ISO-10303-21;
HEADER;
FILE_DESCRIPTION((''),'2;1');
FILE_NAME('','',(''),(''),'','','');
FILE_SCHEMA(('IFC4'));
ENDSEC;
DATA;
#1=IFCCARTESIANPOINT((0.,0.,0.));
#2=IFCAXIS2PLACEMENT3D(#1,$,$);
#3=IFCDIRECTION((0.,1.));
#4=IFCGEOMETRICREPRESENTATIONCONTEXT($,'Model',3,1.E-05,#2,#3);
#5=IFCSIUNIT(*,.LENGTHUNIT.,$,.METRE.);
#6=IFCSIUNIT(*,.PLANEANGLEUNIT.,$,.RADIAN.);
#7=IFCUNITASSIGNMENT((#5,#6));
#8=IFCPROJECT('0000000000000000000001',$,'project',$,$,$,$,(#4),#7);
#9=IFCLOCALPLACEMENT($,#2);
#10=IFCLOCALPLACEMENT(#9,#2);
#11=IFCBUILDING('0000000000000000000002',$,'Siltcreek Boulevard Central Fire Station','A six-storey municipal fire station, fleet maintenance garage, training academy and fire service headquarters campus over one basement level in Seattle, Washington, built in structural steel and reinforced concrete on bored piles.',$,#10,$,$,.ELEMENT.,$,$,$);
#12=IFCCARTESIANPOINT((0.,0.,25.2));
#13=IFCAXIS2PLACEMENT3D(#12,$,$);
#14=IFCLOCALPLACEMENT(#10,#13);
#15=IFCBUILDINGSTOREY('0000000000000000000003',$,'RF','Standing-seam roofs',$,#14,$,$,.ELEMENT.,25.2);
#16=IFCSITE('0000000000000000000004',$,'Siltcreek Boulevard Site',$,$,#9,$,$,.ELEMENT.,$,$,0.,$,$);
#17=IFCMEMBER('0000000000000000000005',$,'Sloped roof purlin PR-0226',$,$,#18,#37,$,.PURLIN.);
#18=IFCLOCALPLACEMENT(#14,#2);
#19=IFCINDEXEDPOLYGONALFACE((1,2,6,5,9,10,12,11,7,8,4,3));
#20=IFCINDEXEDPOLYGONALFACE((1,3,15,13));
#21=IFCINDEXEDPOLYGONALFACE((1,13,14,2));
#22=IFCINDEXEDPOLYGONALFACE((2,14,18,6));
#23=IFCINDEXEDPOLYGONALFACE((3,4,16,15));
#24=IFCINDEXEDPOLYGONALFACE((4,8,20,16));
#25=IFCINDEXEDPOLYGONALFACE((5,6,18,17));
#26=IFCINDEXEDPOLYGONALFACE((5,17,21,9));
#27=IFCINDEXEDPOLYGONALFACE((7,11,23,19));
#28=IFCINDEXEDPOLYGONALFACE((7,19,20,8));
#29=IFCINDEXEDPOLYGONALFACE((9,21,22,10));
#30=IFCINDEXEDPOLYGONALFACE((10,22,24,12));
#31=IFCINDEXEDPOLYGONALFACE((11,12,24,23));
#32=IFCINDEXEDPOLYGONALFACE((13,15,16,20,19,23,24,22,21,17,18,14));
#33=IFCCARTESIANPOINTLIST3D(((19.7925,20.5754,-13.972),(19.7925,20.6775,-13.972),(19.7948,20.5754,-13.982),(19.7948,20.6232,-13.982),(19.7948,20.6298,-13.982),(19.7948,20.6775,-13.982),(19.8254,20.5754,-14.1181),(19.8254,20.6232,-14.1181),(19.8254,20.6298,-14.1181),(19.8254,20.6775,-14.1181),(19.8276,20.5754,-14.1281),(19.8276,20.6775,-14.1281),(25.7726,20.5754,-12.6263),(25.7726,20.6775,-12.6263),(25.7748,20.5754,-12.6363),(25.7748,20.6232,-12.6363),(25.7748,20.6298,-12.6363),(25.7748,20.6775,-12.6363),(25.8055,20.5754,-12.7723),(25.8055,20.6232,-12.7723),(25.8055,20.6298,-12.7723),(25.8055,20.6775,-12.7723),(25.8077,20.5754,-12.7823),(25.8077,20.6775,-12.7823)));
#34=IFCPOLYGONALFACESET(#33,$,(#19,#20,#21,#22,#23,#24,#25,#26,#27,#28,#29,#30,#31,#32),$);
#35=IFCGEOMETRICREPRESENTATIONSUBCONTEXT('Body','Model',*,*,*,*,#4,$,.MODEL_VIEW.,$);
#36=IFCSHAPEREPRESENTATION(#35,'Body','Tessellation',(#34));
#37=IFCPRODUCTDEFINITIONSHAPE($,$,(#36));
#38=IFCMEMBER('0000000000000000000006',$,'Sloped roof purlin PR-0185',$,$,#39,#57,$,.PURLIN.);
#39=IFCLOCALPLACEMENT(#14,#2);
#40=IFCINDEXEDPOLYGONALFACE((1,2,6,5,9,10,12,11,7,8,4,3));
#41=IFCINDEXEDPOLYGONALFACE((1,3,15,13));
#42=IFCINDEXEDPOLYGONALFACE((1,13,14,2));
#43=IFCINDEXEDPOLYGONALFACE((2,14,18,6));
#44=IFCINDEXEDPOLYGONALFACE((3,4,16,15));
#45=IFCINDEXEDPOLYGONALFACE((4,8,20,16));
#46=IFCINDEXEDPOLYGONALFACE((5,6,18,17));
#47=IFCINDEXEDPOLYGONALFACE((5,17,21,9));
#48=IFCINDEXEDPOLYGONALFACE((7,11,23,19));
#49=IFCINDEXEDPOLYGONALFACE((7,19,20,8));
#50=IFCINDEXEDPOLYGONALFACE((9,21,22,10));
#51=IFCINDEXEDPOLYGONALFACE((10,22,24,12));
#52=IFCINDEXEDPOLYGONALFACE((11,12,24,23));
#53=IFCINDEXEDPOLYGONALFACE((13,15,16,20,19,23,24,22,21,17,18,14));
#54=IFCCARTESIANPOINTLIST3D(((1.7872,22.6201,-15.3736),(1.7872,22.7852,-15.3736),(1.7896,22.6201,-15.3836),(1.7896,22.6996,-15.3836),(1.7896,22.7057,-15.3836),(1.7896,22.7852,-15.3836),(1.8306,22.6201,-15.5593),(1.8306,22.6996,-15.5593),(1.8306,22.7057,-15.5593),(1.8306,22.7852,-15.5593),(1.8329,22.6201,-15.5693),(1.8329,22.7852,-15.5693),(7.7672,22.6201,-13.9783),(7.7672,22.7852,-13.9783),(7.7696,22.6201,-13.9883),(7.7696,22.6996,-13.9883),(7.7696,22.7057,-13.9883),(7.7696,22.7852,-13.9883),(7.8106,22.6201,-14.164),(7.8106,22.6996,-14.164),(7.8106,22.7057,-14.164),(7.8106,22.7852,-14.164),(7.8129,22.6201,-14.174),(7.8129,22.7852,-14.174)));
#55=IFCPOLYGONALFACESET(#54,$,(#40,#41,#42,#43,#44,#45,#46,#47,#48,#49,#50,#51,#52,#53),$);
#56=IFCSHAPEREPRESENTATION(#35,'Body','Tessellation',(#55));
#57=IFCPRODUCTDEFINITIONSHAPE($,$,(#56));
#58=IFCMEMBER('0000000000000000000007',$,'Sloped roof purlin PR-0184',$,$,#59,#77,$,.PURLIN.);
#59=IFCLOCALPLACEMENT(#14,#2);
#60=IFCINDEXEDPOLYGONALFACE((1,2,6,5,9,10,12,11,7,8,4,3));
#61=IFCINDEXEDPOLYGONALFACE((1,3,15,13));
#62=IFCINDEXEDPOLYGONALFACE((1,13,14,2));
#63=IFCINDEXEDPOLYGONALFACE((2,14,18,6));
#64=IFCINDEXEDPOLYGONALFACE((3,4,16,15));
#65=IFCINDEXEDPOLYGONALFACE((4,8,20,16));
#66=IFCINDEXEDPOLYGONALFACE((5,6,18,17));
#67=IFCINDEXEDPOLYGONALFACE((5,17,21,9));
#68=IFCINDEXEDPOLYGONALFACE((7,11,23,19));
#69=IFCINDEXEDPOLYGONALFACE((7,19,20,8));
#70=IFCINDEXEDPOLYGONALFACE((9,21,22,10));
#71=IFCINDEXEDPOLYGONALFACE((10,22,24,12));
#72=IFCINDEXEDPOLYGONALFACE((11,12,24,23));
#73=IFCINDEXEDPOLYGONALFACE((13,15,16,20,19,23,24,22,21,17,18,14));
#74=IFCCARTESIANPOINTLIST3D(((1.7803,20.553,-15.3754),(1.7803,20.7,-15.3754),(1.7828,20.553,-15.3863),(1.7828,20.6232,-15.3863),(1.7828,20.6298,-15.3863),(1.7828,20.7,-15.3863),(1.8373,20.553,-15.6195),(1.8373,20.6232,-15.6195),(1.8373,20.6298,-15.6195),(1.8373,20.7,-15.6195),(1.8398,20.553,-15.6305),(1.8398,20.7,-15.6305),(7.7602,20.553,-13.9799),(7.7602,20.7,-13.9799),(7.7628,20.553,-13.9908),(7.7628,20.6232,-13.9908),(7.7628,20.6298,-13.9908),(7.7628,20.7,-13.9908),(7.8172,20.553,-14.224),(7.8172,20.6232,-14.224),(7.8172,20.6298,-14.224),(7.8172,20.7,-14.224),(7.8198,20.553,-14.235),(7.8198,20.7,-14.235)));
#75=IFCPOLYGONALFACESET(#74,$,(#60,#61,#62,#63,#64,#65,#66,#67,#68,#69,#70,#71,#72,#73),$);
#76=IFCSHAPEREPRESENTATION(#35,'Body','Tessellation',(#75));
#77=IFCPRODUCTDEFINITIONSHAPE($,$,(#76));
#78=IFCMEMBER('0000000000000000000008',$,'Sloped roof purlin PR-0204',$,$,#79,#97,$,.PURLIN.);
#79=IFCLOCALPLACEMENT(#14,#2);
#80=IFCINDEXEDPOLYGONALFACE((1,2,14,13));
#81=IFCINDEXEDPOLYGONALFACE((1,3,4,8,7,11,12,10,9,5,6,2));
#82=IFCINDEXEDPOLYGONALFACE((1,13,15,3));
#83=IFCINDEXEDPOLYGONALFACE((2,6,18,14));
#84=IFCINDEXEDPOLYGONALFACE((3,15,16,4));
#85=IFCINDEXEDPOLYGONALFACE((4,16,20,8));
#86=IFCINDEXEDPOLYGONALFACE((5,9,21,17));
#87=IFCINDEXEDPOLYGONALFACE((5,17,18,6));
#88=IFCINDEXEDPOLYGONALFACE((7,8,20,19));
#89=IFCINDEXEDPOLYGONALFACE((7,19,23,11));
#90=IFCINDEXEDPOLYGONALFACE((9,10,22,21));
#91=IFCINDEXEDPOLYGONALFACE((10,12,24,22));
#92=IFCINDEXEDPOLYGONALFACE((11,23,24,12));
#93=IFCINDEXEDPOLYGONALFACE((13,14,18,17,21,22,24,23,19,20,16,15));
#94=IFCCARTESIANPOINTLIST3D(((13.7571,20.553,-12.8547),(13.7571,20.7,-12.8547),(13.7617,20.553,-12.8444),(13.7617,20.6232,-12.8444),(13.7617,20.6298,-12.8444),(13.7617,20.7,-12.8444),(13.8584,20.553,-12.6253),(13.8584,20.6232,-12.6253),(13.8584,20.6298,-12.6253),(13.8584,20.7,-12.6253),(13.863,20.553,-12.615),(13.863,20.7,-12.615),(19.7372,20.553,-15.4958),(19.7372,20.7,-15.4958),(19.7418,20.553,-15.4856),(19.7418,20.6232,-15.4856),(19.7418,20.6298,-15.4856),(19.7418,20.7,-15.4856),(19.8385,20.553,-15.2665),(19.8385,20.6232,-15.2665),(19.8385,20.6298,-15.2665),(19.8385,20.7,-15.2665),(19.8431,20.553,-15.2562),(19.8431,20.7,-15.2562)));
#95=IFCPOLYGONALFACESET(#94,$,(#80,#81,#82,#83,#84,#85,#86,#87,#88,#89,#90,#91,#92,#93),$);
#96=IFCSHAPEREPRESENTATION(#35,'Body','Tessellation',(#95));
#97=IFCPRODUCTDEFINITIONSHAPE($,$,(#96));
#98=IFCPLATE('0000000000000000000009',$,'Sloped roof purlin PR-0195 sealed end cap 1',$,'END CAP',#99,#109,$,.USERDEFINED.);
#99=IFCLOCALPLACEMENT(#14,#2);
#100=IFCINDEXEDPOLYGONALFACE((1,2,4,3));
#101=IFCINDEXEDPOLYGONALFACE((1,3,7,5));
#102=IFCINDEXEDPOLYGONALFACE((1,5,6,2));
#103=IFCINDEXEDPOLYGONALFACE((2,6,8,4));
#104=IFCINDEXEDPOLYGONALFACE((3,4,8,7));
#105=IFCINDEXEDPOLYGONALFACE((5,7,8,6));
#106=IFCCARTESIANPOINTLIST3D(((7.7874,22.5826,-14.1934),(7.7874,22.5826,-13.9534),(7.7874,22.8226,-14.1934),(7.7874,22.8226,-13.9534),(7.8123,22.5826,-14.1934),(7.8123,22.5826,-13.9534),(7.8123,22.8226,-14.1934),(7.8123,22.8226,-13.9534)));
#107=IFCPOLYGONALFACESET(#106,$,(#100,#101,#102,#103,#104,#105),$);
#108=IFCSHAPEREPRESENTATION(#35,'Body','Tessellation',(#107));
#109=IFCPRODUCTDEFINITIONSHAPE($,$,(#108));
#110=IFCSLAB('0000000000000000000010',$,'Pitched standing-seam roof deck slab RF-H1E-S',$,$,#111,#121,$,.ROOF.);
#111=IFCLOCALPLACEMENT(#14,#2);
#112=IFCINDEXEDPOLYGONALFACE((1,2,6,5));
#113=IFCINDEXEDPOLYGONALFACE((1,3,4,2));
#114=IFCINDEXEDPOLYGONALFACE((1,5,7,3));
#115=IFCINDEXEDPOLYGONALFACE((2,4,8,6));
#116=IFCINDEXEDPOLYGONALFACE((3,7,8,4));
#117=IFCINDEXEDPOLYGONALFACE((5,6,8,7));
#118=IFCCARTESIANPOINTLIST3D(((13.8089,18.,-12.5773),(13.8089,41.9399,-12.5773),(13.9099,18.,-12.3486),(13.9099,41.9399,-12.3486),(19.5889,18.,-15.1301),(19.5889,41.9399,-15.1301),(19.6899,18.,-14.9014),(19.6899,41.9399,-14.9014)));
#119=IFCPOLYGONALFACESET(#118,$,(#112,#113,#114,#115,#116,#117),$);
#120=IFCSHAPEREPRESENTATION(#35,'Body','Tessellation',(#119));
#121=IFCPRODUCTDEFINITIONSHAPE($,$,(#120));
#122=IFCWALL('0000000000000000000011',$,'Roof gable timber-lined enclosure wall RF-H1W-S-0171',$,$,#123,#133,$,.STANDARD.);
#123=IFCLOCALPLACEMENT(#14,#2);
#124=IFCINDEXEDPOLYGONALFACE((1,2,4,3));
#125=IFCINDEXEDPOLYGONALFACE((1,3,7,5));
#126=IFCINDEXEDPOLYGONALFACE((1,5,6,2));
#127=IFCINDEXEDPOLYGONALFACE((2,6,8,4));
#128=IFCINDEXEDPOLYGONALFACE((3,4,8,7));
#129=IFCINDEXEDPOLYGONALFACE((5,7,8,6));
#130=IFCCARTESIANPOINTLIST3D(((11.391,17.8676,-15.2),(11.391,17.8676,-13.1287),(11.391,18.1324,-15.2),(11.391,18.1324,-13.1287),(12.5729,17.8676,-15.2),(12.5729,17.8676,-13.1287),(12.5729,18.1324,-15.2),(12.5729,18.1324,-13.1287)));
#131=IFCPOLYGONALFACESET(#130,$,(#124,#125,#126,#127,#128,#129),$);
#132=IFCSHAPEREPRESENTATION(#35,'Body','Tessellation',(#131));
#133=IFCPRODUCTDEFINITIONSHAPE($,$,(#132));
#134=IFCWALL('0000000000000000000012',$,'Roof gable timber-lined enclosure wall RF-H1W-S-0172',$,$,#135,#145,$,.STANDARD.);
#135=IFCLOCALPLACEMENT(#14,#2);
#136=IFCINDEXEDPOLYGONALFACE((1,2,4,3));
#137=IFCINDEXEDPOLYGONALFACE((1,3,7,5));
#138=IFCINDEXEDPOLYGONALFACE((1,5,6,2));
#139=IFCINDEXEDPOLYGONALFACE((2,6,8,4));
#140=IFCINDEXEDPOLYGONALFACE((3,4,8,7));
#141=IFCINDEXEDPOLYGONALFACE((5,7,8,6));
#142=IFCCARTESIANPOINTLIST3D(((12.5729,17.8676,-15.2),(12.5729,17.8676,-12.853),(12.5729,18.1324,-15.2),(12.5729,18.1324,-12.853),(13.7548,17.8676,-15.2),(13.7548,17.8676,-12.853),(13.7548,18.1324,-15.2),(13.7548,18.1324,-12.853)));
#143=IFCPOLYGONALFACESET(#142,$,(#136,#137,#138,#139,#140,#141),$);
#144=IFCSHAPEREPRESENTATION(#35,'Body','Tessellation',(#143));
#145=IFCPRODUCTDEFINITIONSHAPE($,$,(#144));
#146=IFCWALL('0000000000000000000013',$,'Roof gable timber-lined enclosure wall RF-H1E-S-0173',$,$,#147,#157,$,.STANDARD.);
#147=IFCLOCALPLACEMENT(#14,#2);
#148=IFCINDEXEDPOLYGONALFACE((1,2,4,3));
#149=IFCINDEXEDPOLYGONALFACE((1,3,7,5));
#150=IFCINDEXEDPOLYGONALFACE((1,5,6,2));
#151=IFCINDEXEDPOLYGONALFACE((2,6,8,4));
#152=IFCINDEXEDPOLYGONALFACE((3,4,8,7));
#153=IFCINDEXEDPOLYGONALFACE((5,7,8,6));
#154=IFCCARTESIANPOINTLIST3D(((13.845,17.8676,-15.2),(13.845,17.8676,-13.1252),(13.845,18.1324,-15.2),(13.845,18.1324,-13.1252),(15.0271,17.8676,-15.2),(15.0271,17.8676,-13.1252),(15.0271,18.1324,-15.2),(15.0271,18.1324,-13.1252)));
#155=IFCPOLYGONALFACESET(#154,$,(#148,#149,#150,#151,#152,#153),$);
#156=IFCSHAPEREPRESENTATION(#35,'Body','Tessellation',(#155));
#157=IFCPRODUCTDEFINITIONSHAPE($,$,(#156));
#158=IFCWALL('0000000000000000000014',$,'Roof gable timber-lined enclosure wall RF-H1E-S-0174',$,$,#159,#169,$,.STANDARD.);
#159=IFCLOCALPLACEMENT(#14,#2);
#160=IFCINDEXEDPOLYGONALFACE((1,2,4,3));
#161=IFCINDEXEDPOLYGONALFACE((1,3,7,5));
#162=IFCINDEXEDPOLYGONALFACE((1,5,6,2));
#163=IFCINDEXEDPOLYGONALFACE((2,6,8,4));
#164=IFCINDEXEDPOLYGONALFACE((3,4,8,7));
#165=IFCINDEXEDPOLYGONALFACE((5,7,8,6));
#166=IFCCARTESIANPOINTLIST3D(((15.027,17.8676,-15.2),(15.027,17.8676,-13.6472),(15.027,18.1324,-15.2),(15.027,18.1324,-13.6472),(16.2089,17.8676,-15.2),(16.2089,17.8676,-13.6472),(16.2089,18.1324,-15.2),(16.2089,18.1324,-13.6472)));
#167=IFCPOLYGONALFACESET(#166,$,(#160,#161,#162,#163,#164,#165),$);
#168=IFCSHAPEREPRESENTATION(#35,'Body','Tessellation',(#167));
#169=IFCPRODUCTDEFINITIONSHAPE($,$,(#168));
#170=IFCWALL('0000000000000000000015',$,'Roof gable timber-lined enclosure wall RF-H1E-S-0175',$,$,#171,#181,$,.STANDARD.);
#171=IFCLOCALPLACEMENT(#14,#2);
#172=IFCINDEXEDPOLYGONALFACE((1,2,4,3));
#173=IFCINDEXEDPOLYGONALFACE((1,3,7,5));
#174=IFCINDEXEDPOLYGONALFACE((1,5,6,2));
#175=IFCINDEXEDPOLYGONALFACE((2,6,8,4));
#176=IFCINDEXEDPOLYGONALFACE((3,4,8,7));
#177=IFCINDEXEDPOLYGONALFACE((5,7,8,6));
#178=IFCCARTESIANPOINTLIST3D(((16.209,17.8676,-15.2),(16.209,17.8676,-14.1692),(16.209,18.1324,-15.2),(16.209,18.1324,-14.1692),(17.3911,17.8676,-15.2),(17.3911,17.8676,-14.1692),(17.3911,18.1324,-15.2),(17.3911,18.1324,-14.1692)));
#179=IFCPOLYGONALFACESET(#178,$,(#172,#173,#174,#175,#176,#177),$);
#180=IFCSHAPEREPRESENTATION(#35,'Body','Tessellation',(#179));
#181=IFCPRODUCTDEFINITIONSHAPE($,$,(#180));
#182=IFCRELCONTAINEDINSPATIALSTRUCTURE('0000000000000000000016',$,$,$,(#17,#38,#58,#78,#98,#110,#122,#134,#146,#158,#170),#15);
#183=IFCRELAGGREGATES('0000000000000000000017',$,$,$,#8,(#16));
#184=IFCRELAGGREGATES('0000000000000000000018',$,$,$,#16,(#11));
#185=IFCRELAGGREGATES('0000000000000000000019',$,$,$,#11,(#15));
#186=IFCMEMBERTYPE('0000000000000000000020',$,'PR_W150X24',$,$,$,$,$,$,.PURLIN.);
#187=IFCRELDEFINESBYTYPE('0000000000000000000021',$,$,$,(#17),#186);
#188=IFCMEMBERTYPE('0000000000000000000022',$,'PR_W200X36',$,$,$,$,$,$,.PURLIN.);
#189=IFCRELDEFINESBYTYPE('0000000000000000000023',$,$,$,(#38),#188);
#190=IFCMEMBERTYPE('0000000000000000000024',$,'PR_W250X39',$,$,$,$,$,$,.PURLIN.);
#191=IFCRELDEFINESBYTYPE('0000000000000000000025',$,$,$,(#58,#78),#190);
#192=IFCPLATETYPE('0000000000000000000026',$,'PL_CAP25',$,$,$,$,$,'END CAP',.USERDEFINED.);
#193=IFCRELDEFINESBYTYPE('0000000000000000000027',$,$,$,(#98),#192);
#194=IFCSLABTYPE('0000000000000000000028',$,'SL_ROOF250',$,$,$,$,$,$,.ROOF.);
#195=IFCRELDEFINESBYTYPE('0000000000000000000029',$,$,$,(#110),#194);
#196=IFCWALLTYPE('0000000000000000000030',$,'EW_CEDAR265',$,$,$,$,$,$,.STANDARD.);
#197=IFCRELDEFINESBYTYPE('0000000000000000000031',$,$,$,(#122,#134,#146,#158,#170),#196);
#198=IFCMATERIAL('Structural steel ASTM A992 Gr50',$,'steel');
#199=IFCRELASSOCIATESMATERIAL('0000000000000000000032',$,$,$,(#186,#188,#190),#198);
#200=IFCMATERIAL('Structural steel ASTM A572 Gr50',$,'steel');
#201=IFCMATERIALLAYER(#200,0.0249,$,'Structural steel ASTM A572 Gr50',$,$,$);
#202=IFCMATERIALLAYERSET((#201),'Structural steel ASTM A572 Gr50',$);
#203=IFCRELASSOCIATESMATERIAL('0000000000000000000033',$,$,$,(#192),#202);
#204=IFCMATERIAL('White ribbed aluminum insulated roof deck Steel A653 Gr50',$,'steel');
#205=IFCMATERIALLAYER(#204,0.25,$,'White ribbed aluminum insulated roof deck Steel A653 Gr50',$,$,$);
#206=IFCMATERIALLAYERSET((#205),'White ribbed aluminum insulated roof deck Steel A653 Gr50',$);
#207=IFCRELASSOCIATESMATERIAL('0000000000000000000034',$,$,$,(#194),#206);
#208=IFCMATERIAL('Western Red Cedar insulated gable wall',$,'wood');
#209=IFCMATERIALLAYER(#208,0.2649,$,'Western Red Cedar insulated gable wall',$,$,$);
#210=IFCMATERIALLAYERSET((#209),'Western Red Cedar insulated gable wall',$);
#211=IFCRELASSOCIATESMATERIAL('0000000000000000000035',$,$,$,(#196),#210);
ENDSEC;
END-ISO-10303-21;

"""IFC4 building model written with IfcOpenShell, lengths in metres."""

from ifc_helpers import new_model, si_unit, direction, frame, frame_2d, origin, origin_2d, place, context, subcontext, project, spatial, polyline, rectangle, i_section, outline, extrude, material, layer, layer_set, material_profile, profile_set, type_object, element, save


model = new_model("IFC4")

# Units and contexts
model_context = context("Model", 3, precision=1e-05, world=origin(), true_north=direction((0.0, 1.0)))
body_context = subcontext(model_context, "Body", "Model", "MODEL_VIEW")
ifc_project = project(units=[si_unit("LENGTHUNIT", "METRE"), si_unit("PLANEANGLEUNIT", "RADIAN")], contexts=[model_context])

# Site, building, storey
site_placement = place(None, origin())
site = spatial("IfcSite", under=ifc_project, at=site_placement, Name="Siltcreek Boulevard Site", CompositionType="ELEMENT", RefElevation=0.0)
building_placement = place(site_placement, origin())
building = spatial("IfcBuilding", under=site, at=building_placement, Name="Siltcreek Boulevard Central Fire Station", Description="A six-storey municipal fire station, fleet maintenance garage, training academy and fire service headquarters campus over one basement level in Seattle, Washington, built in structural steel and reinforced concrete on bored piles.", CompositionType="ELEMENT")
storey_placement = place(building_placement, frame((0.0, 0.0, 25.2)))
storey = spatial("IfcBuildingStorey", under=building, at=storey_placement, Name="RF", Description="Standing-seam roofs", CompositionType="ELEMENT", Elevation=25.2)

# Shared definitions
ifc_material_1 = material(Name="Structural steel ASTM A992 Gr50", Category="steel")

# Members
ifc_material_profile_1 = material_profile(ifc_material_1, i_section(OverallWidth=0.1021, OverallDepth=0.1599, WebThickness=0.0066, FlangeThickness=0.0103, at=origin_2d()), Name="W150X24")
ifc_profile_set_1 = profile_set([ifc_material_profile_1], Name="Structural steel ASTM A992 Gr50")
member_type_1 = type_object("IfcMemberType", Name="PR_W150X24", PredefinedType="PURLIN", material=ifc_profile_set_1)
member_1_placement = place(storey_placement, frame((19.8101, 20.6265, -14.05), z_axis=(0.975603, 0.0, 0.219544), x_axis=(0.0, 1.0, 0.0)))
element("IfcMember", 1, at=member_1_placement, inside=storey, type_object=member_type_1, Name="Sloped roof purlin PR-0226", PredefinedType="PURLIN", context=body_context, shape_type="SweptSolid", body=[
    extrude(i_section(OverallWidth=0.1021, OverallDepth=0.1599, WebThickness=0.0066, FlangeThickness=0.0103, at=origin_2d()), origin(), (0.0, 0.0, 1.0), 6.1296),
])
ifc_material_profile_2 = material_profile(ifc_material_1, i_section(OverallWidth=0.165, OverallDepth=0.2009, WebThickness=0.0061, FlangeThickness=0.0103, at=origin_2d()), Name="W200X36")
ifc_profile_set_2 = profile_set([ifc_material_profile_2], Name="Structural steel ASTM A992 Gr50")
member_type_2 = type_object("IfcMemberType", Name="PR_W200X36", PredefinedType="PURLIN", material=ifc_profile_set_2)
member_2_placement = place(storey_placement, frame((1.8101, 22.7026, -15.4714), z_axis=(0.973844, 0.0, 0.22722), x_axis=(0.0, 1.0, 0.0)))
element("IfcMember", 2, at=member_2_placement, inside=storey, type_object=member_type_2, Name="Sloped roof purlin PR-0185", PredefinedType="PURLIN", context=body_context, shape_type="SweptSolid", body=[
    extrude(i_section(OverallWidth=0.165, OverallDepth=0.2009, WebThickness=0.0061, FlangeThickness=0.0103, at=origin_2d()), origin(), (0.0, 0.0, 1.0), 6.1406),
])
ifc_material_profile_3 = material_profile(ifc_material_1, i_section(OverallWidth=0.147, OverallDepth=0.262, WebThickness=0.0066, FlangeThickness=0.0112, at=origin_2d()), Name="W250X39")
ifc_profile_set_3 = profile_set([ifc_material_profile_3], Name="Structural steel ASTM A992 Gr50")
member_type_3 = type_object("IfcMemberType", Name="PR_W250X39", PredefinedType="PURLIN", material=ifc_profile_set_3)
member_3_placement = place(storey_placement, frame((1.8101, 20.6265, -15.5029), z_axis=(0.973835, 0.0, 0.227257), x_axis=(0.0, 1.0, 0.0)))
element("IfcMember", 3, at=member_3_placement, inside=storey, type_object=member_type_3, Name="Sloped roof purlin PR-0184", PredefinedType="PURLIN", context=body_context, shape_type="SweptSolid", body=[
    extrude(i_section(OverallWidth=0.147, OverallDepth=0.262, WebThickness=0.0066, FlangeThickness=0.0112, at=origin_2d()), origin(), (0.0, 0.0, 1.0), 6.1406),
])
member_4_placement = place(storey_placement, frame((13.8101, 20.6265, -12.7349), z_axis=(0.914755, 0.0, -0.40401), x_axis=(0.0, 1.0, 0.0)))
element("IfcMember", 4, at=member_4_placement, inside=storey, type_object=member_type_3, Name="Sloped roof purlin PR-0204", PredefinedType="PURLIN", context=body_context, shape_type="SweptSolid", body=[
    extrude(i_section(OverallWidth=0.147, OverallDepth=0.262, WebThickness=0.0066, FlangeThickness=0.0112, at=origin_2d()), origin(), (0.0, 0.0, 1.0), 6.5374),
])

# Plate
ifc_material_2 = material(Name="Structural steel ASTM A572 Gr50", Category="steel")
ifc_layer_1 = layer(ifc_material_2, 0.0249, Name="Structural steel ASTM A572 Gr50")
ifc_layer_set_1 = layer_set([ifc_layer_1], Name="Structural steel ASTM A572 Gr50")
plate_type = type_object("IfcPlateType", Name="PL_CAP25", ElementType="END CAP", PredefinedType="USERDEFINED", material=ifc_layer_set_1)
plate_placement = place(storey_placement, frame((7.7998, 22.7026, -14.1934), z_axis=(0.0, 0.0, 1.0), x_axis=(1.0, 0.0, 0.0)))
element("IfcPlate", 5, at=plate_placement, inside=storey, type_object=plate_type, Name="Sloped roof purlin PR-0195 sealed end cap 1", ObjectType="END CAP", PredefinedType="USERDEFINED", context=body_context, shape_type="SweptSolid", body=[
    extrude(rectangle(XDim=0.0249, YDim=0.24, at=origin_2d()), origin(), (0.0, 0.0, 1.0), 0.24),
])

# Slab
ifc_material_3 = material(Name="White ribbed aluminum insulated roof deck Steel A653 Gr50", Category="steel")
ifc_layer_2 = layer(ifc_material_3, 0.25, Name="White ribbed aluminum insulated roof deck Steel A653 Gr50")
ifc_layer_set_2 = layer_set([ifc_layer_2], Name="White ribbed aluminum insulated roof deck Steel A653 Gr50")
slab_type = type_object("IfcSlabType", Name="SL_ROOF250", PredefinedType="ROOF", material=ifc_layer_set_2)
slab_placement = place(storey_placement, frame((13.9099, 18.0, -12.3486), z_axis=(0.404001, 0.0, 0.914759), x_axis=(0.914759, 0.0, -0.404001)))
element("IfcSlab", 6, at=slab_placement, inside=storey, type_object=slab_type, Name="Pitched standing-seam roof deck slab RF-H1E-S", PredefinedType="ROOF", context=body_context, shape_type="SweptSolid", body=[
    extrude(outline(polyline([(0.0, 0.0), (6.3186, 0.0), (6.3186, 23.9399), (0.0, 23.9399), (0.0, 0.0)])), origin(), (0.0, 0.0, -1.0), 0.25),
])

# Walls
ifc_material_4 = material(Name="Western Red Cedar insulated gable wall", Category="wood")
ifc_layer_3 = layer(ifc_material_4, 0.2649, Name="Western Red Cedar insulated gable wall")
ifc_layer_set_3 = layer_set([ifc_layer_3], Name="Western Red Cedar insulated gable wall")
wall_type = type_object("IfcWallType", Name="EW_CEDAR265", PredefinedType="STANDARD", material=ifc_layer_set_3)
wall_1_placement = place(storey_placement, frame((11.3911, 18.0, -15.2), z_axis=(0.0, 0.0, 1.0), x_axis=(1.0, 0.0, 0.0)))
element("IfcWall", 7, at=wall_1_placement, inside=storey, type_object=wall_type, Name="Roof gable timber-lined enclosure wall RF-H1W-S-0171", PredefinedType="STANDARD", context=body_context, shape_type="SweptSolid", body=[
    extrude(rectangle(XDim=1.1819, YDim=0.2649, at=frame_2d((0.5908, 0.0))), origin(), (0.0, 0.0, 1.0), 2.0713),
])
wall_2_placement = place(storey_placement, frame((12.573, 18.0, -15.2), z_axis=(0.0, 0.0, 1.0), x_axis=(1.0, 0.0, 0.0)))
element("IfcWall", 8, at=wall_2_placement, inside=storey, type_object=wall_type, Name="Roof gable timber-lined enclosure wall RF-H1W-S-0172", PredefinedType="STANDARD", context=body_context, shape_type="SweptSolid", body=[
    extrude(rectangle(XDim=1.1819, YDim=0.2649, at=frame_2d((0.5908, 0.0))), origin(), (0.0, 0.0, 1.0), 2.3469),
])
wall_3_placement = place(storey_placement, frame((13.845, 18.0, -15.2), z_axis=(0.0, 0.0, 1.0), x_axis=(1.0, 0.0, 0.0)))
element("IfcWall", 9, at=wall_3_placement, inside=storey, type_object=wall_type, Name="Roof gable timber-lined enclosure wall RF-H1E-S-0173", PredefinedType="STANDARD", context=body_context, shape_type="SweptSolid", body=[
    extrude(rectangle(XDim=1.1821, YDim=0.2649, at=frame_2d((0.5911, 0.0))), origin(), (0.0, 0.0, 1.0), 2.0747),
])
wall_4_placement = place(storey_placement, frame((15.0271, 18.0, -15.2), z_axis=(0.0, 0.0, 1.0), x_axis=(1.0, 0.0, 0.0)))
element("IfcWall", 10, at=wall_4_placement, inside=storey, type_object=wall_type, Name="Roof gable timber-lined enclosure wall RF-H1E-S-0174", PredefinedType="STANDARD", context=body_context, shape_type="SweptSolid", body=[
    extrude(rectangle(XDim=1.1819, YDim=0.2649, at=frame_2d((0.5908, 0.0))), origin(), (0.0, 0.0, 1.0), 1.5527),
])
wall_5_placement = place(storey_placement, frame((16.209, 18.0, -15.2), z_axis=(0.0, 0.0, 1.0), x_axis=(1.0, 0.0, 0.0)))
element("IfcWall", 11, at=wall_5_placement, inside=storey, type_object=wall_type, Name="Roof gable timber-lined enclosure wall RF-H1E-S-0175", PredefinedType="STANDARD", context=body_context, shape_type="SweptSolid", body=[
    extrude(rectangle(XDim=1.1821, YDim=0.2649, at=frame_2d((0.5911, 0.0))), origin(), (0.0, 0.0, 1.0), 1.0308),
])

save(model, "model.ifc")
